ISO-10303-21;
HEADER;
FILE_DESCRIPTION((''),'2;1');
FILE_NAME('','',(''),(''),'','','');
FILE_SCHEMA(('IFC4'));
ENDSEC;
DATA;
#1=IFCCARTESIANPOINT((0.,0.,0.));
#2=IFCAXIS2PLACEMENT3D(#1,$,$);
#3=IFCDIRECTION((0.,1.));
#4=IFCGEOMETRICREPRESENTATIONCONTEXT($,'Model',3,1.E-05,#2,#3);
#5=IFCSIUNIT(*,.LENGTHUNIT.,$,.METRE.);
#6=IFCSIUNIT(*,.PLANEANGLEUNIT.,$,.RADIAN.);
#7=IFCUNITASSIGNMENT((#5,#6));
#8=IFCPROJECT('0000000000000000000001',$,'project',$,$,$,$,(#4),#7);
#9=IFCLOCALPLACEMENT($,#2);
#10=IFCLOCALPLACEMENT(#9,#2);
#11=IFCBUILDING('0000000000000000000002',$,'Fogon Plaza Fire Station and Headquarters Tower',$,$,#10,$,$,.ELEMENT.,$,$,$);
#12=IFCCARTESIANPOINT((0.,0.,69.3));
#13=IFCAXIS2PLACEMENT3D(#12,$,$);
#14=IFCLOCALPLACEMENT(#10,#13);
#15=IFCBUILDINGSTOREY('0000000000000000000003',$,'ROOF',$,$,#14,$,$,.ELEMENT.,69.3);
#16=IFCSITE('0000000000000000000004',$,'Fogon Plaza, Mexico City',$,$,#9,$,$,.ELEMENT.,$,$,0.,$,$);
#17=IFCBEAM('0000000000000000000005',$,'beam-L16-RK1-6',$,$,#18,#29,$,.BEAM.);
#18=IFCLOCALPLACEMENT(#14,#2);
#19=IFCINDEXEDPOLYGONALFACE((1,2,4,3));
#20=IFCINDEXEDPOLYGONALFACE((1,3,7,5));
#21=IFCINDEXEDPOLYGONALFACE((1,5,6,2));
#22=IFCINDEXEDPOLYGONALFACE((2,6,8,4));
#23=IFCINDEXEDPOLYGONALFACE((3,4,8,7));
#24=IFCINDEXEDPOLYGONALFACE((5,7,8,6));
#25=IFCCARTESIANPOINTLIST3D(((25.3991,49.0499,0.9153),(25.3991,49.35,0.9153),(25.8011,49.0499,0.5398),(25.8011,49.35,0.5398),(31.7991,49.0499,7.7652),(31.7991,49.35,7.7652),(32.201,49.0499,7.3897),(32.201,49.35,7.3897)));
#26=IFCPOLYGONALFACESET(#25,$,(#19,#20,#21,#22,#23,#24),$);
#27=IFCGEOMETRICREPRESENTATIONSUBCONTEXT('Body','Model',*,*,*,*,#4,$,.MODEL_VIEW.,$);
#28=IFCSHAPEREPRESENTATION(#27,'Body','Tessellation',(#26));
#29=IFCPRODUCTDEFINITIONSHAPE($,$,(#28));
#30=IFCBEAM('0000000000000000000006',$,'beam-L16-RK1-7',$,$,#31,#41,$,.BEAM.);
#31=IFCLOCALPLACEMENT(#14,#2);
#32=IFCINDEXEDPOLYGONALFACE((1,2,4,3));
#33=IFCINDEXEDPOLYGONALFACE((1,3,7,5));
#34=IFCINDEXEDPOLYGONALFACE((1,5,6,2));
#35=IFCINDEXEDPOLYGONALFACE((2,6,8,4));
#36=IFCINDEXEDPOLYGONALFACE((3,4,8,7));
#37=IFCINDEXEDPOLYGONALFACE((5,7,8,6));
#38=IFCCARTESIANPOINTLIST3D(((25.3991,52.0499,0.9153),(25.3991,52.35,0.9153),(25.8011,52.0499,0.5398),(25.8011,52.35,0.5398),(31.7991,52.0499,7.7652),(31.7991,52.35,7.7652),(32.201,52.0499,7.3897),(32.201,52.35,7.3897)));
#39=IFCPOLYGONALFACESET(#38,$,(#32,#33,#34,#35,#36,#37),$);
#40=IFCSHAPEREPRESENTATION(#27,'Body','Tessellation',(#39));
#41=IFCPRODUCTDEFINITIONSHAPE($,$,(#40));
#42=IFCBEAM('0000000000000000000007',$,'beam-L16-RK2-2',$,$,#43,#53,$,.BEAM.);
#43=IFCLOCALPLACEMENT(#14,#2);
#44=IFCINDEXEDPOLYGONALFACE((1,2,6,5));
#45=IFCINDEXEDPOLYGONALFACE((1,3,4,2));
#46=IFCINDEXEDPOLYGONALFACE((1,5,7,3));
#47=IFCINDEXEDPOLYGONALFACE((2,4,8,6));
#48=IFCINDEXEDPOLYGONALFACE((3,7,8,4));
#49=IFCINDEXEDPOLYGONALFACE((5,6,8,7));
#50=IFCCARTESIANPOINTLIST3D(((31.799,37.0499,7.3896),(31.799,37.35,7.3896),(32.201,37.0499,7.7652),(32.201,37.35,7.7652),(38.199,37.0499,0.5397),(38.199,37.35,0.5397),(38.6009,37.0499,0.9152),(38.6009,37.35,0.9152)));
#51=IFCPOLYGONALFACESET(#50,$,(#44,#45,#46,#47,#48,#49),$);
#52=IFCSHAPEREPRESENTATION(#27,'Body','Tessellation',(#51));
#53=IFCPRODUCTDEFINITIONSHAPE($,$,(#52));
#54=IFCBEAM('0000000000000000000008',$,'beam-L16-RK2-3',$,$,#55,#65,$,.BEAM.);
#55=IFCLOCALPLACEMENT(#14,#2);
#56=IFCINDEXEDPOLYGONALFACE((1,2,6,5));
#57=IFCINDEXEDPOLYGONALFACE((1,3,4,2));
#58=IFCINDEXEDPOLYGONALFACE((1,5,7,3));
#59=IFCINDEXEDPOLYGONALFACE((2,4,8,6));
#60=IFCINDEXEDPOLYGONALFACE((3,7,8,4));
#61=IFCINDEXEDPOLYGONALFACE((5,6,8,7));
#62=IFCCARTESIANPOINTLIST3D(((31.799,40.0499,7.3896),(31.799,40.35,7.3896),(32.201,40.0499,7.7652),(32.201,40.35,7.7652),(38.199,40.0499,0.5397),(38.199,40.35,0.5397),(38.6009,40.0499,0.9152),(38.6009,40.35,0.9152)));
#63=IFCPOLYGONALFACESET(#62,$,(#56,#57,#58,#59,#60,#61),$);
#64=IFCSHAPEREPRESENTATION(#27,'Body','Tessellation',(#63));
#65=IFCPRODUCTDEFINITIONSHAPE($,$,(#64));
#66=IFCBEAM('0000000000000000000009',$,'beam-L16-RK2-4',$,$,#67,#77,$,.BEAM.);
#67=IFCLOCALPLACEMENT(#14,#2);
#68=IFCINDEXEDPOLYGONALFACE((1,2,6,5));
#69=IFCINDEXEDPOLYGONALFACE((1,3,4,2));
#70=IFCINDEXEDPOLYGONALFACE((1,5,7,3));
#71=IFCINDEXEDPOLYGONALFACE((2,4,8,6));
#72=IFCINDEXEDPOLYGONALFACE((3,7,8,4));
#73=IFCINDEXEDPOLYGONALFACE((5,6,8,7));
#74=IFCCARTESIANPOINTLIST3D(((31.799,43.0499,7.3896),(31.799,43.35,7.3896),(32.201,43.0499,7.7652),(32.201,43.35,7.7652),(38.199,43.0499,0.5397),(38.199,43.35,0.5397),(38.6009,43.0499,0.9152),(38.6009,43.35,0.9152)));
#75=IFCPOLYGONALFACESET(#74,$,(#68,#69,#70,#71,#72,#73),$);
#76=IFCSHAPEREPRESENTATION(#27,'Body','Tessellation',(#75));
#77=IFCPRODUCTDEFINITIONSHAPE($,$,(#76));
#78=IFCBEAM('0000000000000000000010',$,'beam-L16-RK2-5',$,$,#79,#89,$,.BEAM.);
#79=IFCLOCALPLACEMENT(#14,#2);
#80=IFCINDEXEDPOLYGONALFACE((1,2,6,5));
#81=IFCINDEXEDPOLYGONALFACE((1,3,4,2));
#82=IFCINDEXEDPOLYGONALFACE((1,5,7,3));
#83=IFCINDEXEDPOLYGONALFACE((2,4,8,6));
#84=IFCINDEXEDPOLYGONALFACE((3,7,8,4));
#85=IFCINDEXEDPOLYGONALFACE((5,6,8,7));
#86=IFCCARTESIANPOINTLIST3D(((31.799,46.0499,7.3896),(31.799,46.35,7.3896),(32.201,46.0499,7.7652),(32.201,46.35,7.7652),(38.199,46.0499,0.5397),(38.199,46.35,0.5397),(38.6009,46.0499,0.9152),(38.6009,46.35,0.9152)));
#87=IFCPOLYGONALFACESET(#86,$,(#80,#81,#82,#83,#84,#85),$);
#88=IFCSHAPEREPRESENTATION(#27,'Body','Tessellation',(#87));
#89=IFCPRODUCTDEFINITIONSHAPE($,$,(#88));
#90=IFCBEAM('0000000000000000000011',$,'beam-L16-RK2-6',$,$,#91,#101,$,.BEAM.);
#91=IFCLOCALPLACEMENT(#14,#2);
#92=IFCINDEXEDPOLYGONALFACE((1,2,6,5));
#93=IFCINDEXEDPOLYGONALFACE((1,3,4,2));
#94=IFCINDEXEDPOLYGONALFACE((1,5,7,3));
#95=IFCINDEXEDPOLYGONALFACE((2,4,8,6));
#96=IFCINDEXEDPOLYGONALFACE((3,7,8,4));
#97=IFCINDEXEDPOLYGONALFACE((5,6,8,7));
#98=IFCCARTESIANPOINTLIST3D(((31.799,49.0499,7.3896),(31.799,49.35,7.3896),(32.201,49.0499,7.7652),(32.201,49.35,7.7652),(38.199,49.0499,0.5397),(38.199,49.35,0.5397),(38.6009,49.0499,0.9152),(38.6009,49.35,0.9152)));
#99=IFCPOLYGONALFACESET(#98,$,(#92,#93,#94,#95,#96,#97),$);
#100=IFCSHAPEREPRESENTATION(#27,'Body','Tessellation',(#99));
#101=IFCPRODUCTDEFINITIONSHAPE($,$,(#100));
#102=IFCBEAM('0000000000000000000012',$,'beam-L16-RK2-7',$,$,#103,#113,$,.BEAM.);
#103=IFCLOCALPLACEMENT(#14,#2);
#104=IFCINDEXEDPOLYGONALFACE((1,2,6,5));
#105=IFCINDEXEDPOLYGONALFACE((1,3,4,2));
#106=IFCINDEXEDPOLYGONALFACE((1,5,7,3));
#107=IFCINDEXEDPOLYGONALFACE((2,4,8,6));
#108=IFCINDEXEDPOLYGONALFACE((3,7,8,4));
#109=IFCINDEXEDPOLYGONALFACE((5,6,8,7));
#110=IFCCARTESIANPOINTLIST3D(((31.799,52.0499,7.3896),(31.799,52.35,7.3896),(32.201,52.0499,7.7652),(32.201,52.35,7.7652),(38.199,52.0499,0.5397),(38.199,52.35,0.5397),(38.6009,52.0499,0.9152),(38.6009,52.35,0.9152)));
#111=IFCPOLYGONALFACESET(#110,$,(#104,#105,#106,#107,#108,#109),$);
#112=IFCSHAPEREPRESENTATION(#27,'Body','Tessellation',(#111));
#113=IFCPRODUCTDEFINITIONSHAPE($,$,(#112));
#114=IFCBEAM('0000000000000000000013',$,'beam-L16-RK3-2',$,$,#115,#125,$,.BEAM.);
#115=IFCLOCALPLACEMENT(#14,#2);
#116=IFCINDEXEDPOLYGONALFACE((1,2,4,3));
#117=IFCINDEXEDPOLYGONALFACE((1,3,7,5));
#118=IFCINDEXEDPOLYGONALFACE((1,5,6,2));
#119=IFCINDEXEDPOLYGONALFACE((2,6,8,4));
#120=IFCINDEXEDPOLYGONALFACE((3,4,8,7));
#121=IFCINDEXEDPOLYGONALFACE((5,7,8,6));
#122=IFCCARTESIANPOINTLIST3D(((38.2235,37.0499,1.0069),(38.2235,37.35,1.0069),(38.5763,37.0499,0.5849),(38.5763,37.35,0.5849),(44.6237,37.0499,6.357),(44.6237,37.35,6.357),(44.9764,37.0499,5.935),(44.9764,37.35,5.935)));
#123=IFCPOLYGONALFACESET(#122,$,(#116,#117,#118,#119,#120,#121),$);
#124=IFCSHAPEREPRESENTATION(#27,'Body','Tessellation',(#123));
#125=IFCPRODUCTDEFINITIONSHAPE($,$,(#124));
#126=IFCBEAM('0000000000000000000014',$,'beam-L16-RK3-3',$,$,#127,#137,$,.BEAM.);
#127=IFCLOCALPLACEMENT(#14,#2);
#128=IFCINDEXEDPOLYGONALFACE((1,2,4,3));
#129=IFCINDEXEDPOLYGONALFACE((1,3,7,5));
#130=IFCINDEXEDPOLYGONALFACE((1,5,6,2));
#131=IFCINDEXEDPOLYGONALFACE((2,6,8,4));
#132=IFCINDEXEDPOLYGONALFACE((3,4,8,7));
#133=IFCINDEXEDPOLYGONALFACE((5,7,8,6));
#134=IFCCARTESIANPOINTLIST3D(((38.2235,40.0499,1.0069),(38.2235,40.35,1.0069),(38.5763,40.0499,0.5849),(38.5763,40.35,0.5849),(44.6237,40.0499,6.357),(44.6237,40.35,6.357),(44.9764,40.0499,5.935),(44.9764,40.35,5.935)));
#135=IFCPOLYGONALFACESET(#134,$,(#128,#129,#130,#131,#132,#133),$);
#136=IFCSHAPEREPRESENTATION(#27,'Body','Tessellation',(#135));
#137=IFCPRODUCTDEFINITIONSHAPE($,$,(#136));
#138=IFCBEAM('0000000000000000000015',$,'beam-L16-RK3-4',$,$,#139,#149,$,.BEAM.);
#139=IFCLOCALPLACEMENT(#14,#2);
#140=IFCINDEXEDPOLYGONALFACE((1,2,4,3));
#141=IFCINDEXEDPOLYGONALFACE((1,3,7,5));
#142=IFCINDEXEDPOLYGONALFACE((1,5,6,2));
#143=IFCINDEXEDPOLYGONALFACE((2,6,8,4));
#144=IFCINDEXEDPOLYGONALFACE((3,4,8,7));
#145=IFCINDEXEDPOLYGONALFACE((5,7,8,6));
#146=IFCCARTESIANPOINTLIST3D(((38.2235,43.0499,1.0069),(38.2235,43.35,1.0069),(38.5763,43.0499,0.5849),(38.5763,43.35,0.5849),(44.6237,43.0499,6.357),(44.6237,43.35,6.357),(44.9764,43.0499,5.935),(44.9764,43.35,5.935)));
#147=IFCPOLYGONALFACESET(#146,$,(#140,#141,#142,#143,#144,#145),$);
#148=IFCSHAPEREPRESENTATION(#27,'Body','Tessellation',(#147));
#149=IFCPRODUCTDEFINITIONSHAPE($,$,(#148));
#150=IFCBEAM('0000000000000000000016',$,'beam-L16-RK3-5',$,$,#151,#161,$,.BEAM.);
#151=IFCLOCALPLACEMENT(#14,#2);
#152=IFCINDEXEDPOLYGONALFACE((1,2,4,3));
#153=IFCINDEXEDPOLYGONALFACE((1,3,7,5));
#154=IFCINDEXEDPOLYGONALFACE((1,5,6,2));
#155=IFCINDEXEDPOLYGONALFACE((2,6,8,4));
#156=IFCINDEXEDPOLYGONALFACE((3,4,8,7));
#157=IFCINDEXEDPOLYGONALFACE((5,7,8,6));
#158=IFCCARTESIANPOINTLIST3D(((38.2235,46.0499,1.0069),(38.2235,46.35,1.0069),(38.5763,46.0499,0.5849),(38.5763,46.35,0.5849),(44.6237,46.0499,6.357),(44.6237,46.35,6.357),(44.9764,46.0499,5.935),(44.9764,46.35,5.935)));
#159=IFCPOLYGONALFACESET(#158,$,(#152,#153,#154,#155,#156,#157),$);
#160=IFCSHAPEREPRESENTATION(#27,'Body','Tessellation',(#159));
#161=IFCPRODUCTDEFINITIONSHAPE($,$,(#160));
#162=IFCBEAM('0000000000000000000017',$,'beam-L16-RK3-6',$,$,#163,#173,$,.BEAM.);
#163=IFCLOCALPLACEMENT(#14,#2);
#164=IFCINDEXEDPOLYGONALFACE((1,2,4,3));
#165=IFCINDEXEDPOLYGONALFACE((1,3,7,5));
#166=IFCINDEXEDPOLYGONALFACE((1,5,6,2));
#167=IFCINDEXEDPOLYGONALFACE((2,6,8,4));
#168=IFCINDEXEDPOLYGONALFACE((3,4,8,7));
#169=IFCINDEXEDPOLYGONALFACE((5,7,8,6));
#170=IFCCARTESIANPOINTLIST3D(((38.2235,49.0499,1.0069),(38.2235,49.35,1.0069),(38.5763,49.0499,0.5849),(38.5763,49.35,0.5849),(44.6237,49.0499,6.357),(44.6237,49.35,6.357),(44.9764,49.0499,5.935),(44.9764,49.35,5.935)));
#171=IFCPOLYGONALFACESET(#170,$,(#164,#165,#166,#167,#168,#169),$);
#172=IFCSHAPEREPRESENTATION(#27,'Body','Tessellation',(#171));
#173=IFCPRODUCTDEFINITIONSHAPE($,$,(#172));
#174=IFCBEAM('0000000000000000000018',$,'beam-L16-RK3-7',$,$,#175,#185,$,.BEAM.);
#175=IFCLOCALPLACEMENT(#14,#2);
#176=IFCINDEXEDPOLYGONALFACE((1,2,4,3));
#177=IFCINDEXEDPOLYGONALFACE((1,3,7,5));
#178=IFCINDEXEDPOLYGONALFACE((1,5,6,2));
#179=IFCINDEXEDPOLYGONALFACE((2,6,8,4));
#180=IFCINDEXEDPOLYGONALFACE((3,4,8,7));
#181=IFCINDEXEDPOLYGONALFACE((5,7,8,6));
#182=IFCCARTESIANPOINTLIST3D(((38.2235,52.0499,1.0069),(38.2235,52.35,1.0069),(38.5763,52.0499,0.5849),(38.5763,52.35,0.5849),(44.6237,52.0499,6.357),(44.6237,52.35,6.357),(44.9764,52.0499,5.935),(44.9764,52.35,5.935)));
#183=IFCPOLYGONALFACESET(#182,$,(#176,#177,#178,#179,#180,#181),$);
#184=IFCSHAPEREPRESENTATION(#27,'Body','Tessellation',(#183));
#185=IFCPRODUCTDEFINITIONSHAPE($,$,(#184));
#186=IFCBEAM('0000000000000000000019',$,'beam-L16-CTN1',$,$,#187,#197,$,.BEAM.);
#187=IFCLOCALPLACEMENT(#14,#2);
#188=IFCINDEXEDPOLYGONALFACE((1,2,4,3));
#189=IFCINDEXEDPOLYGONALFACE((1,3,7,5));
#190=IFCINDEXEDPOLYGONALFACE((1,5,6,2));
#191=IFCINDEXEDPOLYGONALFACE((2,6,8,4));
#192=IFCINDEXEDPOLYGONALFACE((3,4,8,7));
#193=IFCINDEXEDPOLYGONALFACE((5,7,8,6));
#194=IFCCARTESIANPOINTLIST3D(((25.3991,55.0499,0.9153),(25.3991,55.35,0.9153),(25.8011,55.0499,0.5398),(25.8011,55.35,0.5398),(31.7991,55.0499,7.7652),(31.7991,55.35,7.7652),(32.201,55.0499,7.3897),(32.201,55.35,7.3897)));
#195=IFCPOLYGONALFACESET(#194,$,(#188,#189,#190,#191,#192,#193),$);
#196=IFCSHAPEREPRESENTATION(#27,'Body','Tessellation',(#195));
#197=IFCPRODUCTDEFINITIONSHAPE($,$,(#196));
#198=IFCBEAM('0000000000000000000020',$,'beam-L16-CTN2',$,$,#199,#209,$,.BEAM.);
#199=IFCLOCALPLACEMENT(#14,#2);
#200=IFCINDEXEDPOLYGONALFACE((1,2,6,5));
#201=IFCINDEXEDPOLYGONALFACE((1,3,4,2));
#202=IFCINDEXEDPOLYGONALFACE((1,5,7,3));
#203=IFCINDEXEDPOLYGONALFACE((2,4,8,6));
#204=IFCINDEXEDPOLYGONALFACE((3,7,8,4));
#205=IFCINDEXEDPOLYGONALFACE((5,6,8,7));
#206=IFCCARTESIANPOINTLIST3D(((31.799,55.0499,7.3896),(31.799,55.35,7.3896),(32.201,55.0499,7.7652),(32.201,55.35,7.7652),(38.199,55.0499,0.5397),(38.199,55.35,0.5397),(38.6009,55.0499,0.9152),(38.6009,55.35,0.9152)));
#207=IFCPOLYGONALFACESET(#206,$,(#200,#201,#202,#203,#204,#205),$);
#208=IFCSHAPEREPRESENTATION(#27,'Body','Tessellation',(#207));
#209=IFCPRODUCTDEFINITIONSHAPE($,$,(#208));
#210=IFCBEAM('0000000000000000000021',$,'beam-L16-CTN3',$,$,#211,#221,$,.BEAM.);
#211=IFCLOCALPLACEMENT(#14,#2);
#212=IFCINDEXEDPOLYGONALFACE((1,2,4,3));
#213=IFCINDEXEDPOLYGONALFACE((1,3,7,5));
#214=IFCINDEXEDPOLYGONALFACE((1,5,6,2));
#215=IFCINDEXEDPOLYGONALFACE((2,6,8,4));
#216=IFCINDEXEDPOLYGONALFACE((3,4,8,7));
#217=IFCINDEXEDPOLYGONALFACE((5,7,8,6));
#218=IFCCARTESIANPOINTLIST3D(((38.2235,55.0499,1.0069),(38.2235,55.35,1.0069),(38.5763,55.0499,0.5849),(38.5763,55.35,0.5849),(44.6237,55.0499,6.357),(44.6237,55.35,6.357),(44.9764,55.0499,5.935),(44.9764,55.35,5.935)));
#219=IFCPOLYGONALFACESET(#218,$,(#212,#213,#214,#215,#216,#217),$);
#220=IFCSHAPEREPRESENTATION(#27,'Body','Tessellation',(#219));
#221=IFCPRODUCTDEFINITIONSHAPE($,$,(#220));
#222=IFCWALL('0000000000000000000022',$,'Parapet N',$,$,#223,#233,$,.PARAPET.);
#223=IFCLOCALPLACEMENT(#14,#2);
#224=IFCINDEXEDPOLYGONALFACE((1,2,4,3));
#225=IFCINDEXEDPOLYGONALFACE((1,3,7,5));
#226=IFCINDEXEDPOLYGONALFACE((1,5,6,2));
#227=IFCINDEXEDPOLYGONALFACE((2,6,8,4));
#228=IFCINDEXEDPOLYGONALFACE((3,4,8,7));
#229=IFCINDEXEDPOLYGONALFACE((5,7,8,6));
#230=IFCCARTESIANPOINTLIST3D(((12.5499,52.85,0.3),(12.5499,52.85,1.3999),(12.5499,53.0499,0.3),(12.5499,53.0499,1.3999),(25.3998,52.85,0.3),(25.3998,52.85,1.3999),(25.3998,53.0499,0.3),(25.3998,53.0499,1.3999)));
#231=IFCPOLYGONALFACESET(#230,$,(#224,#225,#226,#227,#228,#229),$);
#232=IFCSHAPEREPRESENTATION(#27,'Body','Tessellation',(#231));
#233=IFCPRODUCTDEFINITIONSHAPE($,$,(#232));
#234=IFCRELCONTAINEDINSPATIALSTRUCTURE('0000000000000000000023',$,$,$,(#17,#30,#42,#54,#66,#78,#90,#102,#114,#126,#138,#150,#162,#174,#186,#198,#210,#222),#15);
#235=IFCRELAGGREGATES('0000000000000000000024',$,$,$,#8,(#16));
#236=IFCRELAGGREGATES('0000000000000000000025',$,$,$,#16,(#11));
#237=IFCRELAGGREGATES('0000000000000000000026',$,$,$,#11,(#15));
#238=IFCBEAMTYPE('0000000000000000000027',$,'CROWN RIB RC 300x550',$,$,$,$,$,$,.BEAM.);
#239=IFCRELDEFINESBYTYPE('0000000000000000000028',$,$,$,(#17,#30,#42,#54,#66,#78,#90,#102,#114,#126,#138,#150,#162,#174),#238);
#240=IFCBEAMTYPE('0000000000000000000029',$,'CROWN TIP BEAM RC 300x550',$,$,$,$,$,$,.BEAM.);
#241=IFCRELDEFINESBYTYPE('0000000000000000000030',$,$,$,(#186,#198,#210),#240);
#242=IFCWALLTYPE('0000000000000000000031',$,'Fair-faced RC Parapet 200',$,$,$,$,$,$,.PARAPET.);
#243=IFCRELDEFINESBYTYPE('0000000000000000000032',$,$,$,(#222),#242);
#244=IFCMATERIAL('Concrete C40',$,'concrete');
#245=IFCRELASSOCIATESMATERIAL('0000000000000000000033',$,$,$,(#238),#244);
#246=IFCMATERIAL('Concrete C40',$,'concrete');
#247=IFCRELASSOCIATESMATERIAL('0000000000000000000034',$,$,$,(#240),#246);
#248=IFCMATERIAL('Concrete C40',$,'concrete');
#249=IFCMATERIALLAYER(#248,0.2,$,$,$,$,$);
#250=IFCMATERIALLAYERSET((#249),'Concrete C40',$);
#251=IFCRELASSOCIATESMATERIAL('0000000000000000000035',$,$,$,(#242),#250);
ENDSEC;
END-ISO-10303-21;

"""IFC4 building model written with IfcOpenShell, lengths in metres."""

from ifc_helpers import new_model, si_unit, direction, frame, frame_2d, origin, origin_2d, place, context, subcontext, project, spatial, rectangle, extrude, material, layer, layer_set, material_profile, profile_set, type_object, element, save


model = new_model("IFC4")

# Units and contexts
model_context = context("Model", 3, precision=1e-05, world=origin(), true_north=direction((0.0, 1.0)))
body_context = subcontext(model_context, "Body", "Model", "MODEL_VIEW")
ifc_project = project(units=[si_unit("LENGTHUNIT", "METRE"), si_unit("PLANEANGLEUNIT", "RADIAN")], contexts=[model_context])

# Site, building, storey
site_placement = place(None, origin())
site = spatial("IfcSite", under=ifc_project, at=site_placement, Name="Fogon Plaza, Mexico City", CompositionType="ELEMENT", RefElevation=0.0)
building_placement = place(site_placement, origin())
building = spatial("IfcBuilding", under=site, at=building_placement, Name="Fogon Plaza Fire Station and Headquarters Tower", CompositionType="ELEMENT")
storey_placement = place(building_placement, frame((0.0, 0.0, 69.3)))
storey = spatial("IfcBuildingStorey", under=building, at=storey_placement, Name="ROOF", CompositionType="ELEMENT", Elevation=69.3)

# Beams
ifc_material_1 = material(Name="Concrete C40", Category="concrete")
ifc_material_profile_1 = material_profile(ifc_material_1, rectangle(XDim=0.3, YDim=0.55, at=origin_2d()), Name="RC 300x550")
ifc_profile_set_1 = profile_set([ifc_material_profile_1], Name="Concrete C40")
beam_type_1 = type_object("IfcBeamType", Name="CROWN RIB RC 300x550", PredefinedType="BEAM", material=ifc_profile_set_1)
for number, where, z_axis, x_axis, name in (
    (1, (25.6001, 49.2, 0.7275), (0.6827, 0.0, 0.730698), (0.0, 1.0, 0.0), "beam-L16-RK1-6"),
    (2, (25.6001, 52.2, 0.7275), (0.6827, 0.0, 0.730698), (0.0, 1.0, 0.0), "beam-L16-RK1-7"),
    (3, (32.0, 37.2, 7.5774), (0.6827, 0.0, -0.730698), (0.0, 1.0, 0.0), "beam-L16-RK2-2"),
    (4, (32.0, 40.2, 7.5774), (0.6827, 0.0, -0.730698), (0.0, 1.0, 0.0), "beam-L16-RK2-3"),
    (5, (32.0, 43.2, 7.5774), (0.6827, 0.0, -0.730698), (0.0, 1.0, 0.0), "beam-L16-RK2-4"),
    (6, (32.0, 46.2, 7.5774), (0.6827, 0.0, -0.730698), (0.0, 1.0, 0.0), "beam-L16-RK2-5"),
    (7, (32.0, 49.2, 7.5774), (0.6827, 0.0, -0.730698), (0.0, 1.0, 0.0), "beam-L16-RK2-6"),
    (8, (32.0, 52.2, 7.5774), (0.6827, 0.0, -0.730698), (0.0, 1.0, 0.0), "beam-L16-RK2-7"),
):
    element("IfcBeam", number, at=place(storey_placement, frame(where, z_axis=z_axis, x_axis=x_axis)), inside=storey, type_object=beam_type_1, Name=name, PredefinedType="BEAM", context=body_context, shape_type="SweptSolid", body=[
        extrude(rectangle(XDim=0.3, YDim=0.55, at=origin_2d()), origin(), (0.0, 0.0, 1.0), 9.3745),
    ])
for number, where, z_axis, x_axis, name in (
    (9, (38.3999, 37.2, 0.7959), (0.767239, 0.0, 0.641361), (0.0, 1.0, 0.0), "beam-L16-RK3-2"),
    (10, (38.3999, 40.2, 0.7959), (0.767239, 0.0, 0.641361), (0.0, 1.0, 0.0), "beam-L16-RK3-3"),
    (11, (38.3999, 43.2, 0.7959), (0.767239, 0.0, 0.641361), (0.0, 1.0, 0.0), "beam-L16-RK3-4"),
    (12, (38.3999, 46.2, 0.7959), (0.767239, 0.0, 0.641361), (0.0, 1.0, 0.0), "beam-L16-RK3-5"),
    (13, (38.3999, 49.2, 0.7959), (0.767239, 0.0, 0.641361), (0.0, 1.0, 0.0), "beam-L16-RK3-6"),
    (14, (38.3999, 52.2, 0.7959), (0.767239, 0.0, 0.641361), (0.0, 1.0, 0.0), "beam-L16-RK3-7"),
):
    element("IfcBeam", number, at=place(storey_placement, frame(where, z_axis=z_axis, x_axis=x_axis)), inside=storey, type_object=beam_type_1, Name=name, PredefinedType="BEAM", context=body_context, shape_type="SweptSolid", body=[
        extrude(rectangle(XDim=0.3, YDim=0.55, at=origin_2d()), origin(), (0.0, 0.0, 1.0), 8.3418),
    ])
ifc_material_2 = material(Name="Concrete C40", Category="concrete")
ifc_material_profile_2 = material_profile(ifc_material_2, rectangle(XDim=0.3, YDim=0.55, at=origin_2d()), Name="RC 300x550")
ifc_profile_set_2 = profile_set([ifc_material_profile_2], Name="Concrete C40")
beam_type_2 = type_object("IfcBeamType", Name="CROWN TIP BEAM RC 300x550", PredefinedType="BEAM", material=ifc_profile_set_2)
for number, where, z_axis, x_axis, name in (
    (15, (25.6001, 55.2, 0.7275), (0.6827, 0.0, 0.730698), (0.0, 1.0, 0.0), "beam-L16-CTN1"),
    (16, (32.0, 55.2, 7.5774), (0.6827, 0.0, -0.730698), (0.0, 1.0, 0.0), "beam-L16-CTN2"),
):
    element("IfcBeam", number, at=place(storey_placement, frame(where, z_axis=z_axis, x_axis=x_axis)), inside=storey, type_object=beam_type_2, Name=name, PredefinedType="BEAM", context=body_context, shape_type="SweptSolid", body=[
        extrude(rectangle(XDim=0.3, YDim=0.55, at=origin_2d()), origin(), (0.0, 0.0, 1.0), 9.3745),
    ])
beam_placement = place(storey_placement, frame((38.3999, 55.2, 0.7959), z_axis=(0.767239, 0.0, 0.641361), x_axis=(0.0, 1.0, 0.0)))
element("IfcBeam", 17, at=beam_placement, inside=storey, type_object=beam_type_2, Name="beam-L16-CTN3", PredefinedType="BEAM", context=body_context, shape_type="SweptSolid", body=[
    extrude(rectangle(XDim=0.3, YDim=0.55, at=origin_2d()), origin(), (0.0, 0.0, 1.0), 8.3418),
])

# Wall
ifc_material_3 = material(Name="Concrete C40", Category="concrete")
ifc_layer_1 = layer(ifc_material_3, 0.2)
ifc_layer_set_1 = layer_set([ifc_layer_1], Name="Concrete C40")
wall_type_1 = type_object("IfcWallType", Name="Fair-faced RC Parapet 200", PredefinedType="PARAPET", material=ifc_layer_set_1)
wall_1_placement = place(storey_placement, frame((12.55, 52.95, 0.3), z_axis=(0.0, 0.0, 1.0), x_axis=(1.0, 0.0, 0.0)))
element("IfcWall", 18, at=wall_1_placement, inside=storey, type_object=wall_type_1, Name="Parapet N", PredefinedType="PARAPET", context=body_context, shape_type="SweptSolid", body=[
    extrude(rectangle(XDim=12.8499, YDim=0.2, at=frame_2d((6.4248, 0.0))), origin(), (0.0, 0.0, 1.0), 1.0999),
])

save(model, "model.ifc")
